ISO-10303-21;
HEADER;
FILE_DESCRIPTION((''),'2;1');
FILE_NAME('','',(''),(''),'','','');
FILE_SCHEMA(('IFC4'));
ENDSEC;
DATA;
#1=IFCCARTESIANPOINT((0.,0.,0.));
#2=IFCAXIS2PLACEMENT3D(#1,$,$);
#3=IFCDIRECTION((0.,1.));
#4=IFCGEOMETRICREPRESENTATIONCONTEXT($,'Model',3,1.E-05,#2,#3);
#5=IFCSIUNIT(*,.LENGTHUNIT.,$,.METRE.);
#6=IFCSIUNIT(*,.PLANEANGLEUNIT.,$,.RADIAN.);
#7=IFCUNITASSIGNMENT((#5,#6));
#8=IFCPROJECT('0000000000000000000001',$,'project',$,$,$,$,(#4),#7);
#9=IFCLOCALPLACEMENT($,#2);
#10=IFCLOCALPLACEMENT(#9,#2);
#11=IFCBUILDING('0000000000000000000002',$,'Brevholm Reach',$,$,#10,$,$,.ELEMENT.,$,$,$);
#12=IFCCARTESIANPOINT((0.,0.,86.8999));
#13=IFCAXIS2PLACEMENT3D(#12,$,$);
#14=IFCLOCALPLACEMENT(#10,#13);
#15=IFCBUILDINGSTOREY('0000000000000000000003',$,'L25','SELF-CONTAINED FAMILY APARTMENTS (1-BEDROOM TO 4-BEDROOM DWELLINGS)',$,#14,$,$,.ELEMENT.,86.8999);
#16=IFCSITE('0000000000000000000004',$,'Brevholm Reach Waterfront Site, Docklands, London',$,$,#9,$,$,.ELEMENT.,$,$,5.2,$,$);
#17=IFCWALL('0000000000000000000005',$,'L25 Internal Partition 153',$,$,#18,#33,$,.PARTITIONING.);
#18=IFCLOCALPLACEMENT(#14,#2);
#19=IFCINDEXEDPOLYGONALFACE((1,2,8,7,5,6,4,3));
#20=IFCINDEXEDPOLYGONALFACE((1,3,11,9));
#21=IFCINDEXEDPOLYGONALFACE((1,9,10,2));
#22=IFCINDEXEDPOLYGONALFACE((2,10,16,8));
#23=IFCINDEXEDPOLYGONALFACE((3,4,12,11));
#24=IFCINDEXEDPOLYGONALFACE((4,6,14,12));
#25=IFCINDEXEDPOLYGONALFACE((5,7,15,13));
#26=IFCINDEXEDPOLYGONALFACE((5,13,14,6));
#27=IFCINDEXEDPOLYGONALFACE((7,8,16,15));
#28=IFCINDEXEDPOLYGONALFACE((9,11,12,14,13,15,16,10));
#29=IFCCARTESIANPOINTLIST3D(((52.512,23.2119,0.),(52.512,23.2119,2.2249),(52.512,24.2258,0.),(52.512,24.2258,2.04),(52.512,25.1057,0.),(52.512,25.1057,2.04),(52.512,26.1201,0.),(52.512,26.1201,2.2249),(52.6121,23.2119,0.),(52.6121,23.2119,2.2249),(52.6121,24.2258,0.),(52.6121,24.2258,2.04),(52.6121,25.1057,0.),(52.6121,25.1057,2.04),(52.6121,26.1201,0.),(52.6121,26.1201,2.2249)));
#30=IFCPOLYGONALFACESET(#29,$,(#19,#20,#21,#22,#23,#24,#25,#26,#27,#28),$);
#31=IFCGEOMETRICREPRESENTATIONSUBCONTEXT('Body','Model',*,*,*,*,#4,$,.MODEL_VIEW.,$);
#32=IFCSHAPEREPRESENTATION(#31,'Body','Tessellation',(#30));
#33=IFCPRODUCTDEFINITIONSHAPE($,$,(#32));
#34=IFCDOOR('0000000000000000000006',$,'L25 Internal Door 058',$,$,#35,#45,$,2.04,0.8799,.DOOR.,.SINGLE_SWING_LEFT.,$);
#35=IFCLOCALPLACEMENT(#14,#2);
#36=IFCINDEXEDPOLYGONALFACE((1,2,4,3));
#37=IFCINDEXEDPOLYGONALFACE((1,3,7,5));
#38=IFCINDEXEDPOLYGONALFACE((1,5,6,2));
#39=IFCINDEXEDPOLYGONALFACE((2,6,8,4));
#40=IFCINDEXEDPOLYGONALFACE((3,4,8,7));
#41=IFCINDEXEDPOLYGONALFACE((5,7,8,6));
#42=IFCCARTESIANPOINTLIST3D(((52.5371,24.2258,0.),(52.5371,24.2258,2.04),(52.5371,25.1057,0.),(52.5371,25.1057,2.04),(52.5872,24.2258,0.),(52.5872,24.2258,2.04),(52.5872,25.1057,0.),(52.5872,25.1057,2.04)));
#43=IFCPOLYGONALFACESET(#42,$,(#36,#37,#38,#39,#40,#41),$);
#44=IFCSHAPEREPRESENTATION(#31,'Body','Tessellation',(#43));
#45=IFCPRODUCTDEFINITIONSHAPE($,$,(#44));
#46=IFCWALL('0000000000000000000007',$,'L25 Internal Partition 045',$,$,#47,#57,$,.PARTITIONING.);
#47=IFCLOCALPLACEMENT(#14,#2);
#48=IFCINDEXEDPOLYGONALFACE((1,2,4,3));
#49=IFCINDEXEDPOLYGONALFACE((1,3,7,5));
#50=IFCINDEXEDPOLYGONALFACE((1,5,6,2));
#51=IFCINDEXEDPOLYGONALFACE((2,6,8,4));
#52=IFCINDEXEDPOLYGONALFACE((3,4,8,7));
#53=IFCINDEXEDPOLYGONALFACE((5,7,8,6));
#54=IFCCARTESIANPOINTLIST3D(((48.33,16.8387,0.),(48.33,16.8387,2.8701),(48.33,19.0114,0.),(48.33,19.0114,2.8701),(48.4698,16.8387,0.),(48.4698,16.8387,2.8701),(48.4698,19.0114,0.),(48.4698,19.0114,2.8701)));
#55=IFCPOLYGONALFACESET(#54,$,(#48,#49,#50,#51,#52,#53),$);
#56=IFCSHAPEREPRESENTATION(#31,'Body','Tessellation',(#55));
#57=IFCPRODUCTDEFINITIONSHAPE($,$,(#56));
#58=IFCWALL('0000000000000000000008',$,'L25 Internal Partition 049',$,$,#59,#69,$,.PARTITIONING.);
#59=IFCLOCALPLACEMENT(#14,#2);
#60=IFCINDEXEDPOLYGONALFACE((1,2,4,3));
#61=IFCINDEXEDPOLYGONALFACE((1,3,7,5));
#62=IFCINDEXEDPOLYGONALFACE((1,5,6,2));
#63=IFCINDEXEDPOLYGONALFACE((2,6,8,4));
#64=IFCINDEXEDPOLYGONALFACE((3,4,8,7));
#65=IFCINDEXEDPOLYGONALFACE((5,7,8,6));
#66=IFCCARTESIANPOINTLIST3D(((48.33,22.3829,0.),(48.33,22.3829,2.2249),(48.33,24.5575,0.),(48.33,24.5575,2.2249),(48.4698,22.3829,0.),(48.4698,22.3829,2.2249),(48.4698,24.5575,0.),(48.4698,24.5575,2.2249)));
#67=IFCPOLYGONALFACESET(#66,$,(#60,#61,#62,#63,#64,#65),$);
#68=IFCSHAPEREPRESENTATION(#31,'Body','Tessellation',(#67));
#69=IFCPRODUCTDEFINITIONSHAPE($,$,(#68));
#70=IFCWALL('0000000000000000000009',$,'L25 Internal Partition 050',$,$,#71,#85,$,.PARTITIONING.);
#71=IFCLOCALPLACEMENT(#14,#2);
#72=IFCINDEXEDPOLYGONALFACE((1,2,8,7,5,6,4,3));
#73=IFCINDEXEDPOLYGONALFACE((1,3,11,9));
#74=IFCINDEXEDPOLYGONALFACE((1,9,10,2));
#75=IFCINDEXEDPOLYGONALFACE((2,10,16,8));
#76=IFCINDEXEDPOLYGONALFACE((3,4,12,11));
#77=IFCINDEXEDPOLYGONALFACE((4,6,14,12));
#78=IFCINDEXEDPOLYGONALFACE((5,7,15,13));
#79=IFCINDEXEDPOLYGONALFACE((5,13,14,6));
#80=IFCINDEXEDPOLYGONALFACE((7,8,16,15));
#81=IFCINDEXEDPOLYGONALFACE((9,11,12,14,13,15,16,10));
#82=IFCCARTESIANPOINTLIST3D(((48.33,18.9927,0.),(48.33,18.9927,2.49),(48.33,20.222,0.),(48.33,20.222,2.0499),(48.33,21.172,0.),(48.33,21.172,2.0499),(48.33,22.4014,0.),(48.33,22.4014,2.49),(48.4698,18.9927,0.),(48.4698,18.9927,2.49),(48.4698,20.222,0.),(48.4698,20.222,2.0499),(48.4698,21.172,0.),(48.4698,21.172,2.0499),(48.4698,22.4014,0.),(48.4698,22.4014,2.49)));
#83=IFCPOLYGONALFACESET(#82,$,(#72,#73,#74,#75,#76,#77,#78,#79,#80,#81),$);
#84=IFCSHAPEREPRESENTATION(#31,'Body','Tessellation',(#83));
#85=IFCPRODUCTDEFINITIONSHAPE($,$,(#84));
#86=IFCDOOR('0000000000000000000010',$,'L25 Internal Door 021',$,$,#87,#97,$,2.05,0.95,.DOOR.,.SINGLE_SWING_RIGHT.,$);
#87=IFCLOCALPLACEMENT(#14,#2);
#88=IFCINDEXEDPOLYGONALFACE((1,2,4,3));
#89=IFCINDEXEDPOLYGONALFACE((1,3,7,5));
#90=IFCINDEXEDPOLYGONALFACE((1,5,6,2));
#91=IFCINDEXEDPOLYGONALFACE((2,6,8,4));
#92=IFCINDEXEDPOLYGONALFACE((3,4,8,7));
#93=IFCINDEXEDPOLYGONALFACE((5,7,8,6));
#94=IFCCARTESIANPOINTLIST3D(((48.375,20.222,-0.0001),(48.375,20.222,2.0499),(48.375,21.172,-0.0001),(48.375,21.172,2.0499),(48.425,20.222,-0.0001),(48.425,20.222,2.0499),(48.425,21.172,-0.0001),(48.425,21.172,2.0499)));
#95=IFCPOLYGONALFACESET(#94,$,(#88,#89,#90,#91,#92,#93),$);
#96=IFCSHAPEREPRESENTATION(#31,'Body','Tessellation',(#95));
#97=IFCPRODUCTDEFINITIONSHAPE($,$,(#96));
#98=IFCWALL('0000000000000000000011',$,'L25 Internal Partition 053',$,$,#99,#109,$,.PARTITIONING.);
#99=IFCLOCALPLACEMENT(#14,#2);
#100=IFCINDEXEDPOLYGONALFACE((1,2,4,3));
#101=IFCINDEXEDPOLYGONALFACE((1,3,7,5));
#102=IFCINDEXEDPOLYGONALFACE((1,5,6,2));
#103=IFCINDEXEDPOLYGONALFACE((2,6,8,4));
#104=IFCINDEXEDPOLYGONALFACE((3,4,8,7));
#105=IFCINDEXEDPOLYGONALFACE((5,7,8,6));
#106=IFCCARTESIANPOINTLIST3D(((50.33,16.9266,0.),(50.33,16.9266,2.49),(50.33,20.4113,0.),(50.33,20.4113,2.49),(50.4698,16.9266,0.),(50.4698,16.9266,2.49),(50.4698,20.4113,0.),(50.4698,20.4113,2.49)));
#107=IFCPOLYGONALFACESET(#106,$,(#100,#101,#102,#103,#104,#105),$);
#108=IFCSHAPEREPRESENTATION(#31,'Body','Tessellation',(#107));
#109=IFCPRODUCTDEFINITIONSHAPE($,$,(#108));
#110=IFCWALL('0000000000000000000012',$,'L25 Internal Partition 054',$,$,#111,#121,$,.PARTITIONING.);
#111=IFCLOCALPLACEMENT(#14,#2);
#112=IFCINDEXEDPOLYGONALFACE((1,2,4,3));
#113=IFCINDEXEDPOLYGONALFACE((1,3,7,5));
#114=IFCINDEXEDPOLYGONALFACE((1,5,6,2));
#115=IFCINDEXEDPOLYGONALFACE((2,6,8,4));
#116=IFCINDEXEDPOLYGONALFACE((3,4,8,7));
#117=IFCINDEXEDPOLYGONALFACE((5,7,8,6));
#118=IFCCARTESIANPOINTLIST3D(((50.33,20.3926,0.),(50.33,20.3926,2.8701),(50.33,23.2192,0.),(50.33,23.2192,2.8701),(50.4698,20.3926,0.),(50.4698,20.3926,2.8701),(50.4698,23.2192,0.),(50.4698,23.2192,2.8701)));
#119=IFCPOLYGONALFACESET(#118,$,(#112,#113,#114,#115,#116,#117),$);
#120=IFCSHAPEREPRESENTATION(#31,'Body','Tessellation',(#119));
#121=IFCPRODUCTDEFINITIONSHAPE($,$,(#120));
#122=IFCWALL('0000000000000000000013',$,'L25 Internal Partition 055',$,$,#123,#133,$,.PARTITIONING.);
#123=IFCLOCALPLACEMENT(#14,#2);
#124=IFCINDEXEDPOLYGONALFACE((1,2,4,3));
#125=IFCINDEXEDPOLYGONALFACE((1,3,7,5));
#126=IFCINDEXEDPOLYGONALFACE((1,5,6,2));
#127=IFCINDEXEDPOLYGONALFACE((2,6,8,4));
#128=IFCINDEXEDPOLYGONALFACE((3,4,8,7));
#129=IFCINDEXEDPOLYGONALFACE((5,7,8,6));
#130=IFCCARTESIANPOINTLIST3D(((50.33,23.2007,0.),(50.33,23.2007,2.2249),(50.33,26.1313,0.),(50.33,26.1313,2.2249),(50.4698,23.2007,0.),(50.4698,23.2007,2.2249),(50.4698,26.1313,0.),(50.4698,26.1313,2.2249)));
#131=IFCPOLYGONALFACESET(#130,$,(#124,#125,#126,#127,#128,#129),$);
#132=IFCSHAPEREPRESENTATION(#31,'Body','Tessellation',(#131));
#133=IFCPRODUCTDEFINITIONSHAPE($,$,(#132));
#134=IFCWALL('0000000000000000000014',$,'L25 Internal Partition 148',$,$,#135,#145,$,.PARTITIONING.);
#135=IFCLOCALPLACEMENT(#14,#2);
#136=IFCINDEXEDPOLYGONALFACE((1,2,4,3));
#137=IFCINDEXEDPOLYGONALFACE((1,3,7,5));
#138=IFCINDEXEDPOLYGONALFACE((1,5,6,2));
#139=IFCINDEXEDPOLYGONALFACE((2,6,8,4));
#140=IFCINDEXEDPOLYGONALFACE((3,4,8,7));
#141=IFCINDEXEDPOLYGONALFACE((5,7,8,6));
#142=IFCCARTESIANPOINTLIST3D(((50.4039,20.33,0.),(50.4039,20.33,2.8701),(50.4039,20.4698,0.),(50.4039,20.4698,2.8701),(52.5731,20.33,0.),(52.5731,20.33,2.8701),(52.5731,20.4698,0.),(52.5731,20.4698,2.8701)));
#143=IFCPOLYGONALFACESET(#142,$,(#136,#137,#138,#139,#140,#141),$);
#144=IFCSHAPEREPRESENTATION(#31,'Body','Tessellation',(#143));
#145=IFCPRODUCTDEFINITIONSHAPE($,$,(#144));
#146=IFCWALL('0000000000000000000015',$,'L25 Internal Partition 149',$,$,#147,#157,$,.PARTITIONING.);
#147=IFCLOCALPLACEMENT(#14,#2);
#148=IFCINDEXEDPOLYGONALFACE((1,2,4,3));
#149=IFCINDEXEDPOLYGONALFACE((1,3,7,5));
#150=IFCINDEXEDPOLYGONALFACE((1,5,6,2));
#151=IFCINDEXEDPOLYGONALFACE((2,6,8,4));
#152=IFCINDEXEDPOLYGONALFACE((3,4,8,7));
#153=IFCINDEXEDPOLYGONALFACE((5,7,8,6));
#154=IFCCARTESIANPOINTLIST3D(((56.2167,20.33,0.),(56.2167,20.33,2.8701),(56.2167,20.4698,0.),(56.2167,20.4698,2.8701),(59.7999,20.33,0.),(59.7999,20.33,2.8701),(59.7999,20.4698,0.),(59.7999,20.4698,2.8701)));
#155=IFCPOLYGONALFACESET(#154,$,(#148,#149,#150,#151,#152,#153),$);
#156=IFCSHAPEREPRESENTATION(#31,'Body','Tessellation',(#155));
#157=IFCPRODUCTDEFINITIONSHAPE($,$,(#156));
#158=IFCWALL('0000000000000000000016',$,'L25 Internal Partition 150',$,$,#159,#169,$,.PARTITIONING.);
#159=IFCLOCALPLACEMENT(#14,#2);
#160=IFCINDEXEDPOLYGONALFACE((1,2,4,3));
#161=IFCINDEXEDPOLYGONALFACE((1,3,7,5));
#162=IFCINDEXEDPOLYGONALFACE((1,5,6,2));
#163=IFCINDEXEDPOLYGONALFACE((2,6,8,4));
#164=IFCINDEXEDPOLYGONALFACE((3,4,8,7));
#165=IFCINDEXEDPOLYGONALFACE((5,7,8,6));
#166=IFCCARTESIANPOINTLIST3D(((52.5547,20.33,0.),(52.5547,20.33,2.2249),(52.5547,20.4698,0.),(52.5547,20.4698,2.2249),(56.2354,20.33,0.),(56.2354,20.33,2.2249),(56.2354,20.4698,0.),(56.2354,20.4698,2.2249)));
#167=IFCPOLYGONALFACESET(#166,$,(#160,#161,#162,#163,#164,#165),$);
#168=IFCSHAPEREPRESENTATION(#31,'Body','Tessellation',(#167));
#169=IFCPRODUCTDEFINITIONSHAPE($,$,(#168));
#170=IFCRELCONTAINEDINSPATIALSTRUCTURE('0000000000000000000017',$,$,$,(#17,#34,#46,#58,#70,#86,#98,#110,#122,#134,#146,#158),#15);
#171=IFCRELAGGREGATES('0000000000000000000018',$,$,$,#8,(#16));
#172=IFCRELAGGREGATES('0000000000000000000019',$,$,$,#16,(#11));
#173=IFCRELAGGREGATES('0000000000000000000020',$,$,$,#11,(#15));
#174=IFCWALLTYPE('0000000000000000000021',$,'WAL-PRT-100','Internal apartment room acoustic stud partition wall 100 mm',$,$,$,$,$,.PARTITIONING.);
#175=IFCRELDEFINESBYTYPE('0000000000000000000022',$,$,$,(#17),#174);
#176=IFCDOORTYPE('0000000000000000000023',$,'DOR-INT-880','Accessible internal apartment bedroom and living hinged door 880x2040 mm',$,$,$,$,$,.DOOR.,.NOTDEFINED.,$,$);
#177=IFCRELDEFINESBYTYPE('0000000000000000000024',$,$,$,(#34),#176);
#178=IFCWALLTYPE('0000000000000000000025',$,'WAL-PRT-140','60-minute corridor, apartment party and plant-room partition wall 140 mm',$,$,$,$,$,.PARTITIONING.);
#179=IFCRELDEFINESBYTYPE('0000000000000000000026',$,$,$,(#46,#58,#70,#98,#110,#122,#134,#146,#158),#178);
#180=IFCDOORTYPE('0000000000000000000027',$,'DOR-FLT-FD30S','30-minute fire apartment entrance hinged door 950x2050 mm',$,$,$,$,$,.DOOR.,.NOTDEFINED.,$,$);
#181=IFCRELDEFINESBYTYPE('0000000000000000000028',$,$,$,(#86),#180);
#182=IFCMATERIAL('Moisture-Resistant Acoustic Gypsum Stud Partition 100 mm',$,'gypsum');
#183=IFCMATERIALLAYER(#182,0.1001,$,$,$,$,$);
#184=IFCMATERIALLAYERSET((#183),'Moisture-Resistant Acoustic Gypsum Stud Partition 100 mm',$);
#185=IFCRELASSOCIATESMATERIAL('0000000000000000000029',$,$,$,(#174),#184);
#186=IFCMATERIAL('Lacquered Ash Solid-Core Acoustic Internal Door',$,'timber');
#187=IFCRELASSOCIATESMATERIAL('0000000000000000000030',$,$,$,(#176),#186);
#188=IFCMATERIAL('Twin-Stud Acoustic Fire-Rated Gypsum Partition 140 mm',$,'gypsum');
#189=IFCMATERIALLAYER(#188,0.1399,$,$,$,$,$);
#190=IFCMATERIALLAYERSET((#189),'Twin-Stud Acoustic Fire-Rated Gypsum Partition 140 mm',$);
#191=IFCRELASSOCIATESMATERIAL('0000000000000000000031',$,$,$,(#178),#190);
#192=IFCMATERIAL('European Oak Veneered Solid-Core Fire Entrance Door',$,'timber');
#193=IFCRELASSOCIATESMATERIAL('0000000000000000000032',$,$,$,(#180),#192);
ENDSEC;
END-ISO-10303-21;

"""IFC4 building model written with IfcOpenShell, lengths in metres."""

from ifc_helpers import new_model, si_unit, direction, frame, frame_2d, origin, place, context, subcontext, project, spatial, rectangle, extrude, material, layer, layer_set, type_object, element, fill, save


model = new_model("IFC4")

# Units and contexts
model_context = context("Model", 3, precision=1e-05, world=origin(), true_north=direction((0.0, 1.0)))
body_context = subcontext(model_context, "Body", "Model", "MODEL_VIEW")
ifc_project = project(units=[si_unit("LENGTHUNIT", "METRE"), si_unit("PLANEANGLEUNIT", "RADIAN")], contexts=[model_context])

# Site, building, storey
site_placement = place(None, origin())
site = spatial("IfcSite", under=ifc_project, at=site_placement, Name="Brevholm Reach Waterfront Site, Docklands, London", CompositionType="ELEMENT", RefElevation=5.2)
building_placement = place(site_placement, origin())
building = spatial("IfcBuilding", under=site, at=building_placement, Name="Brevholm Reach", CompositionType="ELEMENT")
storey_placement = place(building_placement, frame((0.0, 0.0, 86.8999)))
storey = spatial("IfcBuildingStorey", under=building, at=storey_placement, Name="L25", Description="SELF-CONTAINED FAMILY APARTMENTS (1-BEDROOM TO 4-BEDROOM DWELLINGS)", CompositionType="ELEMENT", Elevation=86.8999)

# Shared definitions
ifc_material_1 = material(Name="Moisture-Resistant Acoustic Gypsum Stud Partition 100 mm", Category="gypsum")
ifc_layer_1 = layer(ifc_material_1, 0.1001)
ifc_layer_set_1 = layer_set([ifc_layer_1], Name="Moisture-Resistant Acoustic Gypsum Stud Partition 100 mm")
wall_type_1 = type_object("IfcWallType", Name="WAL-PRT-100", Description="Internal apartment room acoustic stud partition wall 100 mm", PredefinedType="PARTITIONING", material=ifc_layer_set_1)

# Shared definitions
ifc_material_2 = material(Name="Lacquered Ash Solid-Core Acoustic Internal Door", Category="timber")
door_type_1 = type_object("IfcDoorType", Name="DOR-INT-880", Description="Accessible internal apartment bedroom and living hinged door 880x2040 mm", OperationType="NOTDEFINED", PredefinedType="DOOR", material=ifc_material_2)

# Wall, opening, door
wall_1_placement = place(storey_placement, frame((52.562, 23.2119, 0.0), z_axis=(0.0, 0.0, 1.0), x_axis=(0.0, 1.0, 0.0)))
wall_1 = element("IfcWall", 1, at=wall_1_placement, inside=storey, type_object=wall_type_1, Name="L25 Internal Partition 153", PredefinedType="PARTITIONING", context=body_context, shape_type="SweptSolid", body=[
    extrude(rectangle(XDim=2.9082, YDim=0.1001, at=frame_2d((1.4541, 0.0))), origin(), (0.0, 0.0, 1.0), 2.2249),
])
opening_1_placement = place(wall_1_placement, frame((1.0139, 0.0, 0.0)))
opening_1 = element("IfcOpeningElement", 2, at=opening_1_placement, cuts=wall_1, PredefinedType="OPENING", context=body_context, shape_type="SweptSolid", body=[
    extrude(rectangle(XDim=0.8799, YDim=2.04, at=frame_2d((0.4399, 1.02))), frame((0.0, 0.0601, 0.0), z_axis=(0.0, -1.0, 0.0), x_axis=(1.0, 0.0, 0.0)), (0.0, 0.0, 1.0), 0.1201),
])
door_1_placement = place(opening_1_placement, origin())
door_1 = element("IfcDoor", 3, at=door_1_placement, inside=storey, type_object=door_type_1, Name="L25 Internal Door 058", OperationType="SINGLE_SWING_LEFT", OverallHeight=2.04, OverallWidth=0.8799, PredefinedType="DOOR", context=body_context, shape_type="SweptSolid", body=[
    extrude(rectangle(XDim=0.8799, YDim=2.04, at=frame_2d((0.4399, 1.02))), frame((0.0, 0.0249, 0.0), z_axis=(0.0, -1.0, 0.0), x_axis=(1.0, 0.0, 0.0)), (0.0, 0.0, 1.0), 0.05),
])
fill(opening_1, door_1)

# Walls
ifc_material_3 = material(Name="Twin-Stud Acoustic Fire-Rated Gypsum Partition 140 mm", Category="gypsum")
ifc_layer_2 = layer(ifc_material_3, 0.1399)
ifc_layer_set_2 = layer_set([ifc_layer_2], Name="Twin-Stud Acoustic Fire-Rated Gypsum Partition 140 mm")
wall_type_2 = type_object("IfcWallType", Name="WAL-PRT-140", Description="60-minute corridor, apartment party and plant-room partition wall 140 mm", PredefinedType="PARTITIONING", material=ifc_layer_set_2)
wall_2_placement = place(storey_placement, frame((48.3999, 16.8386, 0.0), z_axis=(0.0, 0.0, 1.0), x_axis=(0.0, 1.0, 0.0)))
element("IfcWall", 4, at=wall_2_placement, inside=storey, type_object=wall_type_2, Name="L25 Internal Partition 045", PredefinedType="PARTITIONING", context=body_context, shape_type="SweptSolid", body=[
    extrude(rectangle(XDim=2.1726, YDim=0.1399, at=frame_2d((1.0864, 0.0))), origin(), (0.0, 0.0, 1.0), 2.8701),
])
wall_3_placement = place(storey_placement, frame((48.3999, 22.3828, 0.0), z_axis=(0.0, 0.0, 1.0), x_axis=(0.0, 1.0, 0.0)))
element("IfcWall", 5, at=wall_3_placement, inside=storey, type_object=wall_type_2, Name="L25 Internal Partition 049", PredefinedType="PARTITIONING", context=body_context, shape_type="SweptSolid", body=[
    extrude(rectangle(XDim=2.1746, YDim=0.1399, at=frame_2d((1.0874, 0.0))), origin(), (0.0, 0.0, 1.0), 2.2249),
])

# Wall, opening, door
wall_4_placement = place(storey_placement, frame((48.3999, 18.9927, 0.0), z_axis=(0.0, 0.0, 1.0), x_axis=(0.0, 1.0, 0.0)))
wall_4 = element("IfcWall", 6, at=wall_4_placement, inside=storey, type_object=wall_type_2, Name="L25 Internal Partition 050", PredefinedType="PARTITIONING", context=body_context, shape_type="SweptSolid", body=[
    extrude(rectangle(XDim=3.4087, YDim=0.1399, at=frame_2d((1.7043, 0.0))), origin(), (0.0, 0.0, 1.0), 2.49),
])
opening_2_placement = place(wall_4_placement, frame((1.2292, 0.0, 0.0)))
opening_2 = element("IfcOpeningElement", 7, at=opening_2_placement, cuts=wall_4, PredefinedType="OPENING", context=body_context, shape_type="SweptSolid", body=[
    extrude(rectangle(XDim=0.95, YDim=2.05, at=frame_2d((0.4751, 1.0249))), frame((0.0, 0.0798, 0.0), z_axis=(0.0, -1.0, 0.0), x_axis=(1.0, 0.0, 0.0)), (0.0, 0.0, 1.0), 0.1599),
])
ifc_material_4 = material(Name="European Oak Veneered Solid-Core Fire Entrance Door", Category="timber")
door_type_2 = type_object("IfcDoorType", Name="DOR-FLT-FD30S", Description="30-minute fire apartment entrance hinged door 950x2050 mm", OperationType="NOTDEFINED", PredefinedType="DOOR", material=ifc_material_4)
door_2_placement = place(opening_2_placement, origin())
door_2 = element("IfcDoor", 8, at=door_2_placement, inside=storey, type_object=door_type_2, Name="L25 Internal Door 021", OperationType="SINGLE_SWING_RIGHT", OverallHeight=2.05, OverallWidth=0.95, PredefinedType="DOOR", context=body_context, shape_type="SweptSolid", body=[
    extrude(rectangle(XDim=0.95, YDim=2.05, at=frame_2d((0.4751, 1.0249))), frame((0.0, 0.0249, 0.0), z_axis=(0.0, -1.0, 0.0), x_axis=(1.0, 0.0, 0.0)), (0.0, 0.0, 1.0), 0.05),
])
fill(opening_2, door_2)

# Walls
wall_5_placement = place(storey_placement, frame((50.3999, 16.9268, 0.0), z_axis=(0.0, 0.0, 1.0), x_axis=(0.0, 1.0, 0.0)))
element("IfcWall", 9, at=wall_5_placement, inside=storey, type_object=wall_type_2, Name="L25 Internal Partition 053", PredefinedType="PARTITIONING", context=body_context, shape_type="SweptSolid", body=[
    extrude(rectangle(XDim=3.4846, YDim=0.1399, at=frame_2d((1.7422, 0.0))), origin(), (0.0, 0.0, 1.0), 2.49),
])
wall_6_placement = place(storey_placement, frame((50.3999, 20.3926, 0.0), z_axis=(0.0, 0.0, 1.0), x_axis=(0.0, 1.0, 0.0)))
element("IfcWall", 10, at=wall_6_placement, inside=storey, type_object=wall_type_2, Name="L25 Internal Partition 054", PredefinedType="PARTITIONING", context=body_context, shape_type="SweptSolid", body=[
    extrude(rectangle(XDim=2.8267, YDim=0.1399, at=frame_2d((1.4133, 0.0))), origin(), (0.0, 0.0, 1.0), 2.8701),
])
wall_7_placement = place(storey_placement, frame((50.3999, 23.2007, 0.0), z_axis=(0.0, 0.0, 1.0), x_axis=(0.0, 1.0, 0.0)))
element("IfcWall", 11, at=wall_7_placement, inside=storey, type_object=wall_type_2, Name="L25 Internal Partition 055", PredefinedType="PARTITIONING", context=body_context, shape_type="SweptSolid", body=[
    extrude(rectangle(XDim=2.9307, YDim=0.1399, at=frame_2d((1.4653, 0.0))), origin(), (0.0, 0.0, 1.0), 2.2249),
])
wall_8_placement = place(storey_placement, frame((50.4041, 20.3999, 0.0), z_axis=(0.0, 0.0, 1.0), x_axis=(1.0, 0.0, 0.0)))
element("IfcWall", 12, at=wall_8_placement, inside=storey, type_object=wall_type_2, Name="L25 Internal Partition 148", PredefinedType="PARTITIONING", context=body_context, shape_type="SweptSolid", body=[
    extrude(rectangle(XDim=2.1692, YDim=0.1399, at=frame_2d((1.0845, 0.0))), origin(), (0.0, 0.0, 1.0), 2.8701),
])
wall_9_placement = place(storey_placement, frame((56.2168, 20.3999, 0.0), z_axis=(0.0, 0.0, 1.0), x_axis=(1.0, 0.0, 0.0)))
element("IfcWall", 13, at=wall_9_placement, inside=storey, type_object=wall_type_2, Name="L25 Internal Partition 149", PredefinedType="PARTITIONING", context=body_context, shape_type="SweptSolid", body=[
    extrude(rectangle(XDim=3.5833, YDim=0.1399, at=frame_2d((1.7915, 0.0))), origin(), (0.0, 0.0, 1.0), 2.8701),
])
wall_10_placement = place(storey_placement, frame((52.5547, 20.3999, 0.0), z_axis=(0.0, 0.0, 1.0), x_axis=(1.0, 0.0, 0.0)))
element("IfcWall", 14, at=wall_10_placement, inside=storey, type_object=wall_type_2, Name="L25 Internal Partition 150", PredefinedType="PARTITIONING", context=body_context, shape_type="SweptSolid", body=[
    extrude(rectangle(XDim=3.6807, YDim=0.1399, at=frame_2d((1.8403, 0.0))), origin(), (0.0, 0.0, 1.0), 2.2249),
])

save(model, "model.ifc")
